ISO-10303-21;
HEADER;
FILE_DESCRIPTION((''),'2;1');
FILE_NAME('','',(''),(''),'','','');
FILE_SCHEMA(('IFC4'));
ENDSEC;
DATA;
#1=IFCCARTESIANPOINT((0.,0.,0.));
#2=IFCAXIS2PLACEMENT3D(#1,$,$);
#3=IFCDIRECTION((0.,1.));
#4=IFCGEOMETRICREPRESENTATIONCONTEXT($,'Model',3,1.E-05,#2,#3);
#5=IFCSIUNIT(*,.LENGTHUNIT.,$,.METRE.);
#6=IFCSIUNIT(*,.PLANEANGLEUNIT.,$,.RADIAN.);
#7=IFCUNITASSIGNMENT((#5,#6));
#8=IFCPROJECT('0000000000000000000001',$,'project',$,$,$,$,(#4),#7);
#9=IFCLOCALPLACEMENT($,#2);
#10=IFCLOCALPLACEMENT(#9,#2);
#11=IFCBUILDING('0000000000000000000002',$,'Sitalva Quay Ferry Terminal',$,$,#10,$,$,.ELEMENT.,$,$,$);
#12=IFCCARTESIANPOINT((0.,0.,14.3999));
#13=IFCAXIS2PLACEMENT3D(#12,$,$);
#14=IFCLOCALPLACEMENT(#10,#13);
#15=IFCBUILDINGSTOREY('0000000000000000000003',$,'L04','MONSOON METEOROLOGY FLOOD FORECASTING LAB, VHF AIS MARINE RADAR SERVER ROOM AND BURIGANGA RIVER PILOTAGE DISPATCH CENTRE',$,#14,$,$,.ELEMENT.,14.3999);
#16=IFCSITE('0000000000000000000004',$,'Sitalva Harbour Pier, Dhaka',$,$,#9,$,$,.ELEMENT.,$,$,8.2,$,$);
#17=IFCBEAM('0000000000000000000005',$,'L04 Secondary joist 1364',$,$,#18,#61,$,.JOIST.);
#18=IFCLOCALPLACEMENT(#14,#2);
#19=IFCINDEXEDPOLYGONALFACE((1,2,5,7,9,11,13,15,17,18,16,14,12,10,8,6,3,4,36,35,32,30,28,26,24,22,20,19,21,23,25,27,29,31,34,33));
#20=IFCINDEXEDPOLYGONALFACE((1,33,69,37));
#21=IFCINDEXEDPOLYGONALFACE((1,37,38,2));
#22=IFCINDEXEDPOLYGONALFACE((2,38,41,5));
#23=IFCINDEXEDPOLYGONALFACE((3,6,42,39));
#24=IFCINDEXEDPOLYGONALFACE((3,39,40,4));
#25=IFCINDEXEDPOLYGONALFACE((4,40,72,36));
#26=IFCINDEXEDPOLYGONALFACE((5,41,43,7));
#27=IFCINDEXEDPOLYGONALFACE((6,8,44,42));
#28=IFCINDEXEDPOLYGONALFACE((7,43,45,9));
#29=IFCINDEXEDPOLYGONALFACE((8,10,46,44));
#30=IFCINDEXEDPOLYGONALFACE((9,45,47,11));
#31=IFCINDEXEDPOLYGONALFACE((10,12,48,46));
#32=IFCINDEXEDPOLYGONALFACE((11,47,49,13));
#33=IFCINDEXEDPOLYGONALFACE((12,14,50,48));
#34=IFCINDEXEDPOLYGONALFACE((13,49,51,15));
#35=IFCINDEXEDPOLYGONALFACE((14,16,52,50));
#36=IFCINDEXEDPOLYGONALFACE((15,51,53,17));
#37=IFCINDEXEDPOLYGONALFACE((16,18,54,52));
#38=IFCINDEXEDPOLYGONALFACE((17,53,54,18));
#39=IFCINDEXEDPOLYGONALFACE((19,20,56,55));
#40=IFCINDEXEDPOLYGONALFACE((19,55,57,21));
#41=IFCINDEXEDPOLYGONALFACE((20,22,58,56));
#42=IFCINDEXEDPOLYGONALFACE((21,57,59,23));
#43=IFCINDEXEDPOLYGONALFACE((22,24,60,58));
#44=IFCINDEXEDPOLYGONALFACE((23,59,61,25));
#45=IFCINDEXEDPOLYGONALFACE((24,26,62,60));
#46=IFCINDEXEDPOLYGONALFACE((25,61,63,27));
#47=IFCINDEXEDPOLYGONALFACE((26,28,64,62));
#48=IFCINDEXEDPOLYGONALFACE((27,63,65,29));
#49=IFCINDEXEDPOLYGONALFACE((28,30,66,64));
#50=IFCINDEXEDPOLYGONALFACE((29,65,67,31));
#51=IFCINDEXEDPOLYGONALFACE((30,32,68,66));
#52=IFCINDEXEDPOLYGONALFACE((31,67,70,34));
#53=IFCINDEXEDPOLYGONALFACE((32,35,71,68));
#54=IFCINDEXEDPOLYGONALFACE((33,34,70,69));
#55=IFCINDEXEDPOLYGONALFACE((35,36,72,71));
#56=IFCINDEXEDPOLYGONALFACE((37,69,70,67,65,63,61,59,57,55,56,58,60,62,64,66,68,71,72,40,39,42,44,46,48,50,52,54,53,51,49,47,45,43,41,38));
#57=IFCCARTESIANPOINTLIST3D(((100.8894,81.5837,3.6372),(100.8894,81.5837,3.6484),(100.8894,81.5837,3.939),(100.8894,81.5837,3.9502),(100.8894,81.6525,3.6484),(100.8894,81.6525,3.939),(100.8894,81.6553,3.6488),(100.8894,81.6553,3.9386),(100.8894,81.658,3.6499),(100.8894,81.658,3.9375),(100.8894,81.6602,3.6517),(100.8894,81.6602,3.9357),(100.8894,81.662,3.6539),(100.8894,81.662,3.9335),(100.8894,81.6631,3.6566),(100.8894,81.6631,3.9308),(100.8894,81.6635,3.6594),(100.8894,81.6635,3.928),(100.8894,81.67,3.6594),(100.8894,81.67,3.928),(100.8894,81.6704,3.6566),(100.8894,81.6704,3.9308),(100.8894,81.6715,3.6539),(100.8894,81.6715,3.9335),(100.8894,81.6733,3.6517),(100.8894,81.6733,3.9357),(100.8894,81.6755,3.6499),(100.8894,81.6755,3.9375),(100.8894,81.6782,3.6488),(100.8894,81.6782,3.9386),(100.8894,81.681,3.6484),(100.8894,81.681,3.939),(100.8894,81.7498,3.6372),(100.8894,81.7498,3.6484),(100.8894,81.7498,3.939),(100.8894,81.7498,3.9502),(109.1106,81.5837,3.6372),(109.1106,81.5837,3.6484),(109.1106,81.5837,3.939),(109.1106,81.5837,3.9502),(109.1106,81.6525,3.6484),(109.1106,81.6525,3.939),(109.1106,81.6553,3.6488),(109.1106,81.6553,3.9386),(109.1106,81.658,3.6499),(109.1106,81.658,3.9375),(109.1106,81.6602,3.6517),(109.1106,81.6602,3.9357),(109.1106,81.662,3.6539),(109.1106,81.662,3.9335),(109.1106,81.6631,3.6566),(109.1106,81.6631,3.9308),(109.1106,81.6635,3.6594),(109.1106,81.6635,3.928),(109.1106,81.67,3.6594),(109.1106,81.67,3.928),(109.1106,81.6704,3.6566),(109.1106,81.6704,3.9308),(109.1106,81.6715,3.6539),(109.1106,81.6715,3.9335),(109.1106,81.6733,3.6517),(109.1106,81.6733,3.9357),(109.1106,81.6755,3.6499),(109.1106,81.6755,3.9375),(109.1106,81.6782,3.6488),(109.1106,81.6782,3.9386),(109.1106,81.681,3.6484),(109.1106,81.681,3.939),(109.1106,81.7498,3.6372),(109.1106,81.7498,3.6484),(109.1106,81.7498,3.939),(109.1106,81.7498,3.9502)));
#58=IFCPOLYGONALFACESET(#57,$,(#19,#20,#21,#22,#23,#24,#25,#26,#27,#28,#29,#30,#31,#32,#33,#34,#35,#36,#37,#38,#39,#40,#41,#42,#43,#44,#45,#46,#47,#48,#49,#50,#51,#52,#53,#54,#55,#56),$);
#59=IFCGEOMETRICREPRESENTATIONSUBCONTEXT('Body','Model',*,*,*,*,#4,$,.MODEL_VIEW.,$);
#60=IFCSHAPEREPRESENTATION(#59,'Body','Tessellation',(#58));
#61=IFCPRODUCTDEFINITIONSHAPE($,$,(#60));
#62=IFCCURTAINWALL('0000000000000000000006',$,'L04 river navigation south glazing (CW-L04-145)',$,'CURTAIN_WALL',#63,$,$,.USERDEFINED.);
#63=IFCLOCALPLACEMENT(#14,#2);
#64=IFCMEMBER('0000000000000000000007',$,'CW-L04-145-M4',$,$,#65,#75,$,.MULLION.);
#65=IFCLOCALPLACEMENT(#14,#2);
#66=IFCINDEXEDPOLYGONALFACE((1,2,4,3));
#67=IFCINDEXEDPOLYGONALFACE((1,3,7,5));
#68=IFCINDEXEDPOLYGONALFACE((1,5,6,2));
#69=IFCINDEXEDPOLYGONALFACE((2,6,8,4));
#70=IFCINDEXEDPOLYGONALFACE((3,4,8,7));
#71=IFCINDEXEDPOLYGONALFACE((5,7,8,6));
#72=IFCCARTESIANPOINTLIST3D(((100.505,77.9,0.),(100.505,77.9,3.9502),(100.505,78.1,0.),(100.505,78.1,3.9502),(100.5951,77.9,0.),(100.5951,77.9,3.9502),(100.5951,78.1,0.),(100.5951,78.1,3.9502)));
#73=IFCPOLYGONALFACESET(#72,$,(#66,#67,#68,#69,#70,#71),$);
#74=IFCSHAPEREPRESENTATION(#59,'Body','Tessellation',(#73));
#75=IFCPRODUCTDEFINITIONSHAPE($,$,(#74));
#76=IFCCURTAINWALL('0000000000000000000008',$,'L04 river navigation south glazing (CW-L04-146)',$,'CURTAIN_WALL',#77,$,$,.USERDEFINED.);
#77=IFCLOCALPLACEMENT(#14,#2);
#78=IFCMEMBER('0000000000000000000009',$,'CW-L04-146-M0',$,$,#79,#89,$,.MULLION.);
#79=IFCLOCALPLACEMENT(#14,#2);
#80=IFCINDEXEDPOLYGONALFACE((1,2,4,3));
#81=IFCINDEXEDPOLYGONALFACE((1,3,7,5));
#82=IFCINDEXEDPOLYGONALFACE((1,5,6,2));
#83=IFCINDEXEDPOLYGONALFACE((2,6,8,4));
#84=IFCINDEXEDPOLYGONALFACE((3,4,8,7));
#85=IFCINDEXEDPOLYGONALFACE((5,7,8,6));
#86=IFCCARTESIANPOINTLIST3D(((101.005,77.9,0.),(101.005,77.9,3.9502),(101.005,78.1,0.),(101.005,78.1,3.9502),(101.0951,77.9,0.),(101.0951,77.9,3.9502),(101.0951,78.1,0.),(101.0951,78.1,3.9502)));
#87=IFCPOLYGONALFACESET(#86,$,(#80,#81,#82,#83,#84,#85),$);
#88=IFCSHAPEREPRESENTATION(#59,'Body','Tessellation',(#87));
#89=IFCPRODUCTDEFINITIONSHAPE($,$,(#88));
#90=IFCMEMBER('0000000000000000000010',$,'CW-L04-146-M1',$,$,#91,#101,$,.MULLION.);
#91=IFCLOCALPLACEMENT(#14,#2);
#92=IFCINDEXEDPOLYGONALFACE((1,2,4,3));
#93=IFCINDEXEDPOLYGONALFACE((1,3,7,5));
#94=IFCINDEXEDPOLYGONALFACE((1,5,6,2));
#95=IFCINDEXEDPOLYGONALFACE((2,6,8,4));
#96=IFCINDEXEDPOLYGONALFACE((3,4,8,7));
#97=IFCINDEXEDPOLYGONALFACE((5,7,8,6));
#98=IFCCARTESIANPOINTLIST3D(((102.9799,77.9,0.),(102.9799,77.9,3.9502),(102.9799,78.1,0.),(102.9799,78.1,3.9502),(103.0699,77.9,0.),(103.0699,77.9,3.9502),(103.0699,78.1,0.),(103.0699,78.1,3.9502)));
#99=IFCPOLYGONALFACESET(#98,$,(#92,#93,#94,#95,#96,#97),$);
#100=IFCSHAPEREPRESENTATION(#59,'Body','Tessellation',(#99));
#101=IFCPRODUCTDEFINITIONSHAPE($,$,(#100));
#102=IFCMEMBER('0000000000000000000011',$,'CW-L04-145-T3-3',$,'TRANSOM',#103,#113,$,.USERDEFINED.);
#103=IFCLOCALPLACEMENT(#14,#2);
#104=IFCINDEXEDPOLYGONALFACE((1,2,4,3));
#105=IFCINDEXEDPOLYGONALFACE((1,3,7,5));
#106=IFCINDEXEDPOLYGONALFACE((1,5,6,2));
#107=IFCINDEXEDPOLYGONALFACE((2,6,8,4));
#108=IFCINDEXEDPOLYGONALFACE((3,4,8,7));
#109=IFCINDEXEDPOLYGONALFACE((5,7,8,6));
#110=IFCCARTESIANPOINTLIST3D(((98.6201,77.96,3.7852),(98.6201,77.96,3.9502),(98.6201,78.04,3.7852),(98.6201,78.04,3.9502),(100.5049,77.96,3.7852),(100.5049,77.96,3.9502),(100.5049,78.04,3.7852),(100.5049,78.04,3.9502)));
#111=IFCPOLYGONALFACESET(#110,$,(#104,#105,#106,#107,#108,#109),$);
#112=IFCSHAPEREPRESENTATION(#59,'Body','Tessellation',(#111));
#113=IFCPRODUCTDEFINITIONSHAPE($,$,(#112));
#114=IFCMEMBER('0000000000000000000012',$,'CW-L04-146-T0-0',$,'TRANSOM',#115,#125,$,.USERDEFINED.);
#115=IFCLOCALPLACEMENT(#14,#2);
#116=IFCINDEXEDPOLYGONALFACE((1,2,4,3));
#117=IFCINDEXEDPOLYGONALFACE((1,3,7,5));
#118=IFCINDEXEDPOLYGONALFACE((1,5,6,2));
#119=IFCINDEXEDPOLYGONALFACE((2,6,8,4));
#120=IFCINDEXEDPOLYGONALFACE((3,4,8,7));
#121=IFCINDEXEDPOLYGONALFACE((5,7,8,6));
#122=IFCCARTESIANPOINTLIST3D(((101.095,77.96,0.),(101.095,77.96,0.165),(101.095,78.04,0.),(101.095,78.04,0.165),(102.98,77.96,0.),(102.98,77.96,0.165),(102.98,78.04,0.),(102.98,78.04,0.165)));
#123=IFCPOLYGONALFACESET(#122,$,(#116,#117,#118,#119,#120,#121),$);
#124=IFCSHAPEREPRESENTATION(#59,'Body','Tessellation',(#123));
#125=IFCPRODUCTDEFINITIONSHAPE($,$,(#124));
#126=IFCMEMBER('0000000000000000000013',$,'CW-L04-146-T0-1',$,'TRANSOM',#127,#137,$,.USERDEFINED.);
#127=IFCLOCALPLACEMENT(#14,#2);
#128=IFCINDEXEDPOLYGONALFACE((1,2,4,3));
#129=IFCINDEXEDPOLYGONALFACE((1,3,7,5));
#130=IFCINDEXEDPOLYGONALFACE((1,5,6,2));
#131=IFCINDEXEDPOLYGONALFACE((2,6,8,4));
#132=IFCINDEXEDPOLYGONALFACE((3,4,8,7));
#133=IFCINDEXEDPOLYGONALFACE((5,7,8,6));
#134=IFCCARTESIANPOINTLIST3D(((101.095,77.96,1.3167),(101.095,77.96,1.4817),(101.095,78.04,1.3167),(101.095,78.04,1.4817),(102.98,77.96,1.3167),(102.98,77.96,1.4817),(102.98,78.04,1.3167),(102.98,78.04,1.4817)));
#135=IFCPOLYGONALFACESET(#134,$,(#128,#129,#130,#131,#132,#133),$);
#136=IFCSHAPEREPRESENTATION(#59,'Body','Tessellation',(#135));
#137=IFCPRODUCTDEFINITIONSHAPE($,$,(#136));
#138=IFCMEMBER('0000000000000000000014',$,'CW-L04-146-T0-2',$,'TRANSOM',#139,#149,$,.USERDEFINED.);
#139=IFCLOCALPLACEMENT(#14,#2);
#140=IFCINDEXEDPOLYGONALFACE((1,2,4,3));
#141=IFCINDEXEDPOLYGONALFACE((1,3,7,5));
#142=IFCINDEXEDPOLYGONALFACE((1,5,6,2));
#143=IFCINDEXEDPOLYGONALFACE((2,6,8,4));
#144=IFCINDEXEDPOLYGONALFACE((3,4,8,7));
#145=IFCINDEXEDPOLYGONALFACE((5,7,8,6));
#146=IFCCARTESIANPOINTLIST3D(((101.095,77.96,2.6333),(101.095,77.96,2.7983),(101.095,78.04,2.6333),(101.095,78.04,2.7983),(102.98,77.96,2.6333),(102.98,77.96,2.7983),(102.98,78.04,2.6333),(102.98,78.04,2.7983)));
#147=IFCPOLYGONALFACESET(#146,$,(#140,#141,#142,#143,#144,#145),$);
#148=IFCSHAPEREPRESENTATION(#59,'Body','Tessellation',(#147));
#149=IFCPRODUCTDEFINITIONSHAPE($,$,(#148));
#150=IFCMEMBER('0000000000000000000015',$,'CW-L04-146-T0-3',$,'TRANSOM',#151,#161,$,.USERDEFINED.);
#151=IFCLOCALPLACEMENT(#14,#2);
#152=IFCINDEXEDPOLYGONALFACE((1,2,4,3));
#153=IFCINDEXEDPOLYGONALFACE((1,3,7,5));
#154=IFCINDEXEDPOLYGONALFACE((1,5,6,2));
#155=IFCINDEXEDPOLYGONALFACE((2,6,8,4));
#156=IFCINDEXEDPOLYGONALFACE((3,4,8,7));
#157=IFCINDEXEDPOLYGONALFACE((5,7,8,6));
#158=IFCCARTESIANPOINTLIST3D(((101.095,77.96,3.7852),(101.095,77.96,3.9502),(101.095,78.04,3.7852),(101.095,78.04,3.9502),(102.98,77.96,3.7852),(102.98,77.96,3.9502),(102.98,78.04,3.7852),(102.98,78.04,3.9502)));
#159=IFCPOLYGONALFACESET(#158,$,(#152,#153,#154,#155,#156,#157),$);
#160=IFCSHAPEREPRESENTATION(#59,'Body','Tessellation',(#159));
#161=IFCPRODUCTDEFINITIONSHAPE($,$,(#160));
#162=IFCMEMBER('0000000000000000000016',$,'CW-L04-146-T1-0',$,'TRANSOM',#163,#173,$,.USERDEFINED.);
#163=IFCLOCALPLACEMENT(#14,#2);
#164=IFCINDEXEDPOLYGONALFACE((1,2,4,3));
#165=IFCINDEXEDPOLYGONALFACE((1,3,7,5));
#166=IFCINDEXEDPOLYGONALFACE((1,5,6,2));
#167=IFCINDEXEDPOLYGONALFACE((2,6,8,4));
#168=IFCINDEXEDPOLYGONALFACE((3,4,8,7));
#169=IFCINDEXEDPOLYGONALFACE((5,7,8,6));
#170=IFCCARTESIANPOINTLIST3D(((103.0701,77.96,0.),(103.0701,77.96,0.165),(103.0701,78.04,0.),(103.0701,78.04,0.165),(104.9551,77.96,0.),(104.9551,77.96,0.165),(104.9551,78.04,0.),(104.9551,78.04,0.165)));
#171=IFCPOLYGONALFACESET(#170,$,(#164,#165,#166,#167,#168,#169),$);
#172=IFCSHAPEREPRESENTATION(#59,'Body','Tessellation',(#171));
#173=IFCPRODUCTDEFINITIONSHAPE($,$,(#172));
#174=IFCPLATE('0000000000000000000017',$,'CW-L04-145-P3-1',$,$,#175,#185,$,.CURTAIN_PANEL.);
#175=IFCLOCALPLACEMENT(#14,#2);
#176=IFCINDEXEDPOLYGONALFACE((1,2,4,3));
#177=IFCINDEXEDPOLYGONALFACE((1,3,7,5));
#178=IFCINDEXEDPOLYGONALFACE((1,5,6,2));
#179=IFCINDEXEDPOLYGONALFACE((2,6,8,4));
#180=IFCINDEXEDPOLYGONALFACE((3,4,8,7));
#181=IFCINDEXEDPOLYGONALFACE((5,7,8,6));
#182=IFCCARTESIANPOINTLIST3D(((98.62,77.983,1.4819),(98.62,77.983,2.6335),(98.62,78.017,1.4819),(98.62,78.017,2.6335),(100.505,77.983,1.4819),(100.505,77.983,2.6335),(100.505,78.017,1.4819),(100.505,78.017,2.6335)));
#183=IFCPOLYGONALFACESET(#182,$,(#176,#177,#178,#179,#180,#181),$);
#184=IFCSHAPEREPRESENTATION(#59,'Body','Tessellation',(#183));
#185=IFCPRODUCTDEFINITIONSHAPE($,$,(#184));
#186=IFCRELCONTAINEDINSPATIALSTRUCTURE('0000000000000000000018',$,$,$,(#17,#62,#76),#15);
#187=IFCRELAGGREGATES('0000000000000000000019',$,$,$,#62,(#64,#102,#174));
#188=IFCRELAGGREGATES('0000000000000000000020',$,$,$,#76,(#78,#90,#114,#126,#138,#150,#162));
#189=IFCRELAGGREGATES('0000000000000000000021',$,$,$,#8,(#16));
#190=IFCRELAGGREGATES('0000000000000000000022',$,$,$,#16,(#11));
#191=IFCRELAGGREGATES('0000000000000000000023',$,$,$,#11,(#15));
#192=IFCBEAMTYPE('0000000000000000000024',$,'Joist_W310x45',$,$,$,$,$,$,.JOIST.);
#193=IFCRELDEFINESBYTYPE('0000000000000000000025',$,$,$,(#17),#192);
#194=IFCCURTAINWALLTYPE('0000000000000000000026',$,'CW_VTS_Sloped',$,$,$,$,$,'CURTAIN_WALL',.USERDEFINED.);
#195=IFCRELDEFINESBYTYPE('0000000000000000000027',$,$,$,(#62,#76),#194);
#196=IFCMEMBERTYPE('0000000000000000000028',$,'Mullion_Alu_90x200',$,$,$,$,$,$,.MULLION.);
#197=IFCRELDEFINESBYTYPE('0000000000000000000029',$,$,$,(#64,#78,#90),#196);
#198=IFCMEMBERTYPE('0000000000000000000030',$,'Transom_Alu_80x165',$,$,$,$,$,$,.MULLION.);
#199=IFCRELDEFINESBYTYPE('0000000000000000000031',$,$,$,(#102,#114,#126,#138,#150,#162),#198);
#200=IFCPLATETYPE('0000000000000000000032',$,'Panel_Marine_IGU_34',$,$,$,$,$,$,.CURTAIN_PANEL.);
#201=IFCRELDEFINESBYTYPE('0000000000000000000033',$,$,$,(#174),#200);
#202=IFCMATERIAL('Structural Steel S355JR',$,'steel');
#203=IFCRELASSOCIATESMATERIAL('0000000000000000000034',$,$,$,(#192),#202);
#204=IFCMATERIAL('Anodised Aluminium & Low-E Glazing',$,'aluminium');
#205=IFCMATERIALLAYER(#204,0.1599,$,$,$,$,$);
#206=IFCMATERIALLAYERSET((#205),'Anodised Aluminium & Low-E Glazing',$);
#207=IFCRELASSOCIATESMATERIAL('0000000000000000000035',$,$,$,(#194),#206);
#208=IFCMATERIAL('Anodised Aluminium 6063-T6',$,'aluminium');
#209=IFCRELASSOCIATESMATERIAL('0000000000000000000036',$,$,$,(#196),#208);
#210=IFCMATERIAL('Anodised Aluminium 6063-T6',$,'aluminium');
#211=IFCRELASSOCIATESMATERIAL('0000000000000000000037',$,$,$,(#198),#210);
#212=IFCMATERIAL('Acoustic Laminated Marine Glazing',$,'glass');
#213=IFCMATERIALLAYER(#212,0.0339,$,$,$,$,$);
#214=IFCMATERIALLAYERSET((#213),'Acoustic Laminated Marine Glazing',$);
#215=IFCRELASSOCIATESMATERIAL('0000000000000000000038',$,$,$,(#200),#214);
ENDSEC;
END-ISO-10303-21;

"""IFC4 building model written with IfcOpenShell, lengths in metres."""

from ifc_helpers import new_model, si_unit, direction, frame, origin, origin_2d, place, context, subcontext, project, spatial, rectangle, i_section, extrude, material, layer, layer_set, material_profile, profile_set, type_object, element, aggregate, save


model = new_model("IFC4")

# Units and contexts
model_context = context("Model", 3, precision=1e-05, world=origin(), true_north=direction((0.0, 1.0)))
body_context = subcontext(model_context, "Body", "Model", "MODEL_VIEW")
ifc_project = project(units=[si_unit("LENGTHUNIT", "METRE"), si_unit("PLANEANGLEUNIT", "RADIAN")], contexts=[model_context])

# Site, building, storey
site_placement = place(None, origin())
site = spatial("IfcSite", under=ifc_project, at=site_placement, Name="Sitalva Harbour Pier, Dhaka", CompositionType="ELEMENT", RefElevation=8.2)
building_placement = place(site_placement, origin())
building = spatial("IfcBuilding", under=site, at=building_placement, Name="Sitalva Quay Ferry Terminal", CompositionType="ELEMENT")
storey_placement = place(building_placement, frame((0.0, 0.0, 14.3999)))
storey = spatial("IfcBuildingStorey", under=building, at=storey_placement, Name="L04", Description="MONSOON METEOROLOGY FLOOD FORECASTING LAB, VHF AIS MARINE RADAR SERVER ROOM AND BURIGANGA RIVER PILOTAGE DISPATCH CENTRE", CompositionType="ELEMENT", Elevation=14.3999)

# Beam
ifc_material_1 = material(Name="Structural Steel S355JR", Category="steel")
ifc_material_profile_1 = material_profile(ifc_material_1, i_section(OverallWidth=0.166, OverallDepth=0.313, WebThickness=0.0066, FlangeThickness=0.0112, FilletRadius=0.011, at=origin_2d()), Name="W310x45")
ifc_profile_set_1 = profile_set([ifc_material_profile_1], Name="Structural Steel S355JR")
beam_type_1 = type_object("IfcBeamType", Name="Joist_W310x45", PredefinedType="JOIST", material=ifc_profile_set_1)
beam_1_placement = place(storey_placement, frame((100.8894, 81.6667, 3.7937), z_axis=(1.0, 0.0, 0.0), x_axis=(0.0, 1.0, 0.0)))
element("IfcBeam", 1, at=beam_1_placement, inside=storey, type_object=beam_type_1, Name="L04 Secondary joist 1364", PredefinedType="JOIST", context=body_context, shape_type="SweptSolid", body=[
    extrude(i_section(OverallWidth=0.166, OverallDepth=0.313, WebThickness=0.0066, FlangeThickness=0.0112, FilletRadius=0.011, at=origin_2d()), origin(), (0.0, 0.0, 1.0), 8.2212),
])

# Curtain wall, member
ifc_material_2 = material(Name="Anodised Aluminium & Low-E Glazing", Category="aluminium")
ifc_layer_1 = layer(ifc_material_2, 0.1599)
ifc_layer_set_1 = layer_set([ifc_layer_1], Name="Anodised Aluminium & Low-E Glazing")
curtain_wall_type = type_object("IfcCurtainWallType", Name="CW_VTS_Sloped", ElementType="CURTAIN_WALL", PredefinedType="USERDEFINED", material=ifc_layer_set_1)
curtain_wall_1_placement = place(storey_placement, origin())
curtain_wall_1 = element("IfcCurtainWall", 2, at=curtain_wall_1_placement, inside=storey, type_object=curtain_wall_type, Name="L04 river navigation south glazing (CW-L04-145)", ObjectType="CURTAIN_WALL", PredefinedType="USERDEFINED")
ifc_material_3 = material(Name="Anodised Aluminium 6063-T6", Category="aluminium")
ifc_material_profile_2 = material_profile(ifc_material_3, rectangle(XDim=0.0901, YDim=0.2, at=origin_2d()), Name="ALU90x200")
ifc_profile_set_2 = profile_set([ifc_material_profile_2], Name="Anodised Aluminium 6063-T6")
member_type_1 = type_object("IfcMemberType", Name="Mullion_Alu_90x200", PredefinedType="MULLION", material=ifc_profile_set_2)
member_1_placement = place(storey_placement, frame((100.55, 78.0, 0.0), z_axis=(0.0, 0.0, 1.0), x_axis=(1.0, 0.0, 0.0)))
member_1 = element("IfcMember", 3, at=member_1_placement, type_object=member_type_1, Name="CW-L04-145-M4", PredefinedType="MULLION", context=body_context, shape_type="SweptSolid", body=[
    extrude(rectangle(XDim=0.0901, YDim=0.2, at=origin_2d()), origin(), (0.0, 0.0, 1.0), 3.9502),
])

# Curtain wall, members
curtain_wall_2_placement = place(storey_placement, origin())
curtain_wall_2 = element("IfcCurtainWall", 4, at=curtain_wall_2_placement, inside=storey, type_object=curtain_wall_type, Name="L04 river navigation south glazing (CW-L04-146)", ObjectType="CURTAIN_WALL", PredefinedType="USERDEFINED")
member_2_placement = place(storey_placement, frame((101.05, 78.0, 0.0), z_axis=(0.0, 0.0, 1.0), x_axis=(1.0, 0.0, 0.0)))
member_2 = element("IfcMember", 5, at=member_2_placement, type_object=member_type_1, Name="CW-L04-146-M0", PredefinedType="MULLION", context=body_context, shape_type="SweptSolid", body=[
    extrude(rectangle(XDim=0.0901, YDim=0.2, at=origin_2d()), origin(), (0.0, 0.0, 1.0), 3.9502),
])
member_3_placement = place(storey_placement, frame((103.0249, 78.0, 0.0), z_axis=(0.0, 0.0, 1.0), x_axis=(1.0, 0.0, 0.0)))
member_3 = element("IfcMember", 6, at=member_3_placement, type_object=member_type_1, Name="CW-L04-146-M1", PredefinedType="MULLION", context=body_context, shape_type="SweptSolid", body=[
    extrude(rectangle(XDim=0.0901, YDim=0.2, at=origin_2d()), origin(), (0.0, 0.0, 1.0), 3.9502),
])

# Members
ifc_material_4 = material(Name="Anodised Aluminium 6063-T6", Category="aluminium")
ifc_material_profile_3 = material_profile(ifc_material_4, rectangle(XDim=0.0801, YDim=0.165, at=origin_2d()), Name="ALU80x165")
ifc_profile_set_3 = profile_set([ifc_material_profile_3], Name="Anodised Aluminium 6063-T6")
member_type_2 = type_object("IfcMemberType", Name="Transom_Alu_80x165", PredefinedType="MULLION", material=ifc_profile_set_3)
member_4_placement = place(storey_placement, frame((98.6201, 78.0, 3.8677), z_axis=(1.0, 0.0, 0.0), x_axis=(0.0, 1.0, 0.0)))
member_4 = element("IfcMember", 7, at=member_4_placement, type_object=member_type_2, Name="CW-L04-145-T3-3", ObjectType="TRANSOM", PredefinedType="USERDEFINED", context=body_context, shape_type="SweptSolid", body=[
    extrude(rectangle(XDim=0.0801, YDim=0.165, at=origin_2d()), origin(), (0.0, 0.0, 1.0), 1.8848),
])
member_5_placement = place(storey_placement, frame((101.095, 78.0, 0.0825), z_axis=(1.0, 0.0, 0.0), x_axis=(0.0, 1.0, 0.0)))
member_5 = element("IfcMember", 8, at=member_5_placement, type_object=member_type_2, Name="CW-L04-146-T0-0", ObjectType="TRANSOM", PredefinedType="USERDEFINED", context=body_context, shape_type="SweptSolid", body=[
    extrude(rectangle(XDim=0.0801, YDim=0.165, at=origin_2d()), origin(), (0.0, 0.0, 1.0), 1.885),
])
member_6_placement = place(storey_placement, frame((101.095, 78.0, 1.3992), z_axis=(1.0, 0.0, 0.0), x_axis=(0.0, 1.0, 0.0)))
member_6 = element("IfcMember", 9, at=member_6_placement, type_object=member_type_2, Name="CW-L04-146-T0-1", ObjectType="TRANSOM", PredefinedType="USERDEFINED", context=body_context, shape_type="SweptSolid", body=[
    extrude(rectangle(XDim=0.0801, YDim=0.165, at=origin_2d()), origin(), (0.0, 0.0, 1.0), 1.885),
])
member_7_placement = place(storey_placement, frame((101.095, 78.0, 2.7158), z_axis=(1.0, 0.0, 0.0), x_axis=(0.0, 1.0, 0.0)))
member_7 = element("IfcMember", 10, at=member_7_placement, type_object=member_type_2, Name="CW-L04-146-T0-2", ObjectType="TRANSOM", PredefinedType="USERDEFINED", context=body_context, shape_type="SweptSolid", body=[
    extrude(rectangle(XDim=0.0801, YDim=0.165, at=origin_2d()), origin(), (0.0, 0.0, 1.0), 1.885),
])
member_8_placement = place(storey_placement, frame((101.095, 78.0, 3.8677), z_axis=(1.0, 0.0, 0.0), x_axis=(0.0, 1.0, 0.0)))
member_8 = element("IfcMember", 11, at=member_8_placement, type_object=member_type_2, Name="CW-L04-146-T0-3", ObjectType="TRANSOM", PredefinedType="USERDEFINED", context=body_context, shape_type="SweptSolid", body=[
    extrude(rectangle(XDim=0.0801, YDim=0.165, at=origin_2d()), origin(), (0.0, 0.0, 1.0), 1.885),
])
member_9_placement = place(storey_placement, frame((103.0701, 78.0, 0.0825), z_axis=(1.0, 0.0, 0.0), x_axis=(0.0, 1.0, 0.0)))
member_9 = element("IfcMember", 12, at=member_9_placement, type_object=member_type_2, Name="CW-L04-146-T1-0", ObjectType="TRANSOM", PredefinedType="USERDEFINED", context=body_context, shape_type="SweptSolid", body=[
    extrude(rectangle(XDim=0.0801, YDim=0.165, at=origin_2d()), origin(), (0.0, 0.0, 1.0), 1.885),
])

# Plate
ifc_material_5 = material(Name="Acoustic Laminated Marine Glazing", Category="glass")
ifc_layer_2 = layer(ifc_material_5, 0.0339)
ifc_layer_set_2 = layer_set([ifc_layer_2], Name="Acoustic Laminated Marine Glazing")
plate_type_1 = type_object("IfcPlateType", Name="Panel_Marine_IGU_34", PredefinedType="CURTAIN_PANEL", material=ifc_layer_set_2)
plate_1_placement = place(storey_placement, frame((99.5625, 78.0, 1.4819), z_axis=(0.0, 0.0, 1.0), x_axis=(1.0, 0.0, 0.0)))
plate_1 = element("IfcPlate", 13, at=plate_1_placement, type_object=plate_type_1, Name="CW-L04-145-P3-1", PredefinedType="CURTAIN_PANEL", context=body_context, shape_type="SweptSolid", body=[
    extrude(rectangle(XDim=1.885, YDim=0.0339, at=origin_2d()), origin(), (0.0, 0.0, 1.0), 1.1516),
])
aggregate(curtain_wall_1, [member_1, member_4, plate_1])
aggregate(curtain_wall_2, [member_2, member_3, member_5, member_6, member_7, member_8, member_9])

save(model, "model.ifc")
